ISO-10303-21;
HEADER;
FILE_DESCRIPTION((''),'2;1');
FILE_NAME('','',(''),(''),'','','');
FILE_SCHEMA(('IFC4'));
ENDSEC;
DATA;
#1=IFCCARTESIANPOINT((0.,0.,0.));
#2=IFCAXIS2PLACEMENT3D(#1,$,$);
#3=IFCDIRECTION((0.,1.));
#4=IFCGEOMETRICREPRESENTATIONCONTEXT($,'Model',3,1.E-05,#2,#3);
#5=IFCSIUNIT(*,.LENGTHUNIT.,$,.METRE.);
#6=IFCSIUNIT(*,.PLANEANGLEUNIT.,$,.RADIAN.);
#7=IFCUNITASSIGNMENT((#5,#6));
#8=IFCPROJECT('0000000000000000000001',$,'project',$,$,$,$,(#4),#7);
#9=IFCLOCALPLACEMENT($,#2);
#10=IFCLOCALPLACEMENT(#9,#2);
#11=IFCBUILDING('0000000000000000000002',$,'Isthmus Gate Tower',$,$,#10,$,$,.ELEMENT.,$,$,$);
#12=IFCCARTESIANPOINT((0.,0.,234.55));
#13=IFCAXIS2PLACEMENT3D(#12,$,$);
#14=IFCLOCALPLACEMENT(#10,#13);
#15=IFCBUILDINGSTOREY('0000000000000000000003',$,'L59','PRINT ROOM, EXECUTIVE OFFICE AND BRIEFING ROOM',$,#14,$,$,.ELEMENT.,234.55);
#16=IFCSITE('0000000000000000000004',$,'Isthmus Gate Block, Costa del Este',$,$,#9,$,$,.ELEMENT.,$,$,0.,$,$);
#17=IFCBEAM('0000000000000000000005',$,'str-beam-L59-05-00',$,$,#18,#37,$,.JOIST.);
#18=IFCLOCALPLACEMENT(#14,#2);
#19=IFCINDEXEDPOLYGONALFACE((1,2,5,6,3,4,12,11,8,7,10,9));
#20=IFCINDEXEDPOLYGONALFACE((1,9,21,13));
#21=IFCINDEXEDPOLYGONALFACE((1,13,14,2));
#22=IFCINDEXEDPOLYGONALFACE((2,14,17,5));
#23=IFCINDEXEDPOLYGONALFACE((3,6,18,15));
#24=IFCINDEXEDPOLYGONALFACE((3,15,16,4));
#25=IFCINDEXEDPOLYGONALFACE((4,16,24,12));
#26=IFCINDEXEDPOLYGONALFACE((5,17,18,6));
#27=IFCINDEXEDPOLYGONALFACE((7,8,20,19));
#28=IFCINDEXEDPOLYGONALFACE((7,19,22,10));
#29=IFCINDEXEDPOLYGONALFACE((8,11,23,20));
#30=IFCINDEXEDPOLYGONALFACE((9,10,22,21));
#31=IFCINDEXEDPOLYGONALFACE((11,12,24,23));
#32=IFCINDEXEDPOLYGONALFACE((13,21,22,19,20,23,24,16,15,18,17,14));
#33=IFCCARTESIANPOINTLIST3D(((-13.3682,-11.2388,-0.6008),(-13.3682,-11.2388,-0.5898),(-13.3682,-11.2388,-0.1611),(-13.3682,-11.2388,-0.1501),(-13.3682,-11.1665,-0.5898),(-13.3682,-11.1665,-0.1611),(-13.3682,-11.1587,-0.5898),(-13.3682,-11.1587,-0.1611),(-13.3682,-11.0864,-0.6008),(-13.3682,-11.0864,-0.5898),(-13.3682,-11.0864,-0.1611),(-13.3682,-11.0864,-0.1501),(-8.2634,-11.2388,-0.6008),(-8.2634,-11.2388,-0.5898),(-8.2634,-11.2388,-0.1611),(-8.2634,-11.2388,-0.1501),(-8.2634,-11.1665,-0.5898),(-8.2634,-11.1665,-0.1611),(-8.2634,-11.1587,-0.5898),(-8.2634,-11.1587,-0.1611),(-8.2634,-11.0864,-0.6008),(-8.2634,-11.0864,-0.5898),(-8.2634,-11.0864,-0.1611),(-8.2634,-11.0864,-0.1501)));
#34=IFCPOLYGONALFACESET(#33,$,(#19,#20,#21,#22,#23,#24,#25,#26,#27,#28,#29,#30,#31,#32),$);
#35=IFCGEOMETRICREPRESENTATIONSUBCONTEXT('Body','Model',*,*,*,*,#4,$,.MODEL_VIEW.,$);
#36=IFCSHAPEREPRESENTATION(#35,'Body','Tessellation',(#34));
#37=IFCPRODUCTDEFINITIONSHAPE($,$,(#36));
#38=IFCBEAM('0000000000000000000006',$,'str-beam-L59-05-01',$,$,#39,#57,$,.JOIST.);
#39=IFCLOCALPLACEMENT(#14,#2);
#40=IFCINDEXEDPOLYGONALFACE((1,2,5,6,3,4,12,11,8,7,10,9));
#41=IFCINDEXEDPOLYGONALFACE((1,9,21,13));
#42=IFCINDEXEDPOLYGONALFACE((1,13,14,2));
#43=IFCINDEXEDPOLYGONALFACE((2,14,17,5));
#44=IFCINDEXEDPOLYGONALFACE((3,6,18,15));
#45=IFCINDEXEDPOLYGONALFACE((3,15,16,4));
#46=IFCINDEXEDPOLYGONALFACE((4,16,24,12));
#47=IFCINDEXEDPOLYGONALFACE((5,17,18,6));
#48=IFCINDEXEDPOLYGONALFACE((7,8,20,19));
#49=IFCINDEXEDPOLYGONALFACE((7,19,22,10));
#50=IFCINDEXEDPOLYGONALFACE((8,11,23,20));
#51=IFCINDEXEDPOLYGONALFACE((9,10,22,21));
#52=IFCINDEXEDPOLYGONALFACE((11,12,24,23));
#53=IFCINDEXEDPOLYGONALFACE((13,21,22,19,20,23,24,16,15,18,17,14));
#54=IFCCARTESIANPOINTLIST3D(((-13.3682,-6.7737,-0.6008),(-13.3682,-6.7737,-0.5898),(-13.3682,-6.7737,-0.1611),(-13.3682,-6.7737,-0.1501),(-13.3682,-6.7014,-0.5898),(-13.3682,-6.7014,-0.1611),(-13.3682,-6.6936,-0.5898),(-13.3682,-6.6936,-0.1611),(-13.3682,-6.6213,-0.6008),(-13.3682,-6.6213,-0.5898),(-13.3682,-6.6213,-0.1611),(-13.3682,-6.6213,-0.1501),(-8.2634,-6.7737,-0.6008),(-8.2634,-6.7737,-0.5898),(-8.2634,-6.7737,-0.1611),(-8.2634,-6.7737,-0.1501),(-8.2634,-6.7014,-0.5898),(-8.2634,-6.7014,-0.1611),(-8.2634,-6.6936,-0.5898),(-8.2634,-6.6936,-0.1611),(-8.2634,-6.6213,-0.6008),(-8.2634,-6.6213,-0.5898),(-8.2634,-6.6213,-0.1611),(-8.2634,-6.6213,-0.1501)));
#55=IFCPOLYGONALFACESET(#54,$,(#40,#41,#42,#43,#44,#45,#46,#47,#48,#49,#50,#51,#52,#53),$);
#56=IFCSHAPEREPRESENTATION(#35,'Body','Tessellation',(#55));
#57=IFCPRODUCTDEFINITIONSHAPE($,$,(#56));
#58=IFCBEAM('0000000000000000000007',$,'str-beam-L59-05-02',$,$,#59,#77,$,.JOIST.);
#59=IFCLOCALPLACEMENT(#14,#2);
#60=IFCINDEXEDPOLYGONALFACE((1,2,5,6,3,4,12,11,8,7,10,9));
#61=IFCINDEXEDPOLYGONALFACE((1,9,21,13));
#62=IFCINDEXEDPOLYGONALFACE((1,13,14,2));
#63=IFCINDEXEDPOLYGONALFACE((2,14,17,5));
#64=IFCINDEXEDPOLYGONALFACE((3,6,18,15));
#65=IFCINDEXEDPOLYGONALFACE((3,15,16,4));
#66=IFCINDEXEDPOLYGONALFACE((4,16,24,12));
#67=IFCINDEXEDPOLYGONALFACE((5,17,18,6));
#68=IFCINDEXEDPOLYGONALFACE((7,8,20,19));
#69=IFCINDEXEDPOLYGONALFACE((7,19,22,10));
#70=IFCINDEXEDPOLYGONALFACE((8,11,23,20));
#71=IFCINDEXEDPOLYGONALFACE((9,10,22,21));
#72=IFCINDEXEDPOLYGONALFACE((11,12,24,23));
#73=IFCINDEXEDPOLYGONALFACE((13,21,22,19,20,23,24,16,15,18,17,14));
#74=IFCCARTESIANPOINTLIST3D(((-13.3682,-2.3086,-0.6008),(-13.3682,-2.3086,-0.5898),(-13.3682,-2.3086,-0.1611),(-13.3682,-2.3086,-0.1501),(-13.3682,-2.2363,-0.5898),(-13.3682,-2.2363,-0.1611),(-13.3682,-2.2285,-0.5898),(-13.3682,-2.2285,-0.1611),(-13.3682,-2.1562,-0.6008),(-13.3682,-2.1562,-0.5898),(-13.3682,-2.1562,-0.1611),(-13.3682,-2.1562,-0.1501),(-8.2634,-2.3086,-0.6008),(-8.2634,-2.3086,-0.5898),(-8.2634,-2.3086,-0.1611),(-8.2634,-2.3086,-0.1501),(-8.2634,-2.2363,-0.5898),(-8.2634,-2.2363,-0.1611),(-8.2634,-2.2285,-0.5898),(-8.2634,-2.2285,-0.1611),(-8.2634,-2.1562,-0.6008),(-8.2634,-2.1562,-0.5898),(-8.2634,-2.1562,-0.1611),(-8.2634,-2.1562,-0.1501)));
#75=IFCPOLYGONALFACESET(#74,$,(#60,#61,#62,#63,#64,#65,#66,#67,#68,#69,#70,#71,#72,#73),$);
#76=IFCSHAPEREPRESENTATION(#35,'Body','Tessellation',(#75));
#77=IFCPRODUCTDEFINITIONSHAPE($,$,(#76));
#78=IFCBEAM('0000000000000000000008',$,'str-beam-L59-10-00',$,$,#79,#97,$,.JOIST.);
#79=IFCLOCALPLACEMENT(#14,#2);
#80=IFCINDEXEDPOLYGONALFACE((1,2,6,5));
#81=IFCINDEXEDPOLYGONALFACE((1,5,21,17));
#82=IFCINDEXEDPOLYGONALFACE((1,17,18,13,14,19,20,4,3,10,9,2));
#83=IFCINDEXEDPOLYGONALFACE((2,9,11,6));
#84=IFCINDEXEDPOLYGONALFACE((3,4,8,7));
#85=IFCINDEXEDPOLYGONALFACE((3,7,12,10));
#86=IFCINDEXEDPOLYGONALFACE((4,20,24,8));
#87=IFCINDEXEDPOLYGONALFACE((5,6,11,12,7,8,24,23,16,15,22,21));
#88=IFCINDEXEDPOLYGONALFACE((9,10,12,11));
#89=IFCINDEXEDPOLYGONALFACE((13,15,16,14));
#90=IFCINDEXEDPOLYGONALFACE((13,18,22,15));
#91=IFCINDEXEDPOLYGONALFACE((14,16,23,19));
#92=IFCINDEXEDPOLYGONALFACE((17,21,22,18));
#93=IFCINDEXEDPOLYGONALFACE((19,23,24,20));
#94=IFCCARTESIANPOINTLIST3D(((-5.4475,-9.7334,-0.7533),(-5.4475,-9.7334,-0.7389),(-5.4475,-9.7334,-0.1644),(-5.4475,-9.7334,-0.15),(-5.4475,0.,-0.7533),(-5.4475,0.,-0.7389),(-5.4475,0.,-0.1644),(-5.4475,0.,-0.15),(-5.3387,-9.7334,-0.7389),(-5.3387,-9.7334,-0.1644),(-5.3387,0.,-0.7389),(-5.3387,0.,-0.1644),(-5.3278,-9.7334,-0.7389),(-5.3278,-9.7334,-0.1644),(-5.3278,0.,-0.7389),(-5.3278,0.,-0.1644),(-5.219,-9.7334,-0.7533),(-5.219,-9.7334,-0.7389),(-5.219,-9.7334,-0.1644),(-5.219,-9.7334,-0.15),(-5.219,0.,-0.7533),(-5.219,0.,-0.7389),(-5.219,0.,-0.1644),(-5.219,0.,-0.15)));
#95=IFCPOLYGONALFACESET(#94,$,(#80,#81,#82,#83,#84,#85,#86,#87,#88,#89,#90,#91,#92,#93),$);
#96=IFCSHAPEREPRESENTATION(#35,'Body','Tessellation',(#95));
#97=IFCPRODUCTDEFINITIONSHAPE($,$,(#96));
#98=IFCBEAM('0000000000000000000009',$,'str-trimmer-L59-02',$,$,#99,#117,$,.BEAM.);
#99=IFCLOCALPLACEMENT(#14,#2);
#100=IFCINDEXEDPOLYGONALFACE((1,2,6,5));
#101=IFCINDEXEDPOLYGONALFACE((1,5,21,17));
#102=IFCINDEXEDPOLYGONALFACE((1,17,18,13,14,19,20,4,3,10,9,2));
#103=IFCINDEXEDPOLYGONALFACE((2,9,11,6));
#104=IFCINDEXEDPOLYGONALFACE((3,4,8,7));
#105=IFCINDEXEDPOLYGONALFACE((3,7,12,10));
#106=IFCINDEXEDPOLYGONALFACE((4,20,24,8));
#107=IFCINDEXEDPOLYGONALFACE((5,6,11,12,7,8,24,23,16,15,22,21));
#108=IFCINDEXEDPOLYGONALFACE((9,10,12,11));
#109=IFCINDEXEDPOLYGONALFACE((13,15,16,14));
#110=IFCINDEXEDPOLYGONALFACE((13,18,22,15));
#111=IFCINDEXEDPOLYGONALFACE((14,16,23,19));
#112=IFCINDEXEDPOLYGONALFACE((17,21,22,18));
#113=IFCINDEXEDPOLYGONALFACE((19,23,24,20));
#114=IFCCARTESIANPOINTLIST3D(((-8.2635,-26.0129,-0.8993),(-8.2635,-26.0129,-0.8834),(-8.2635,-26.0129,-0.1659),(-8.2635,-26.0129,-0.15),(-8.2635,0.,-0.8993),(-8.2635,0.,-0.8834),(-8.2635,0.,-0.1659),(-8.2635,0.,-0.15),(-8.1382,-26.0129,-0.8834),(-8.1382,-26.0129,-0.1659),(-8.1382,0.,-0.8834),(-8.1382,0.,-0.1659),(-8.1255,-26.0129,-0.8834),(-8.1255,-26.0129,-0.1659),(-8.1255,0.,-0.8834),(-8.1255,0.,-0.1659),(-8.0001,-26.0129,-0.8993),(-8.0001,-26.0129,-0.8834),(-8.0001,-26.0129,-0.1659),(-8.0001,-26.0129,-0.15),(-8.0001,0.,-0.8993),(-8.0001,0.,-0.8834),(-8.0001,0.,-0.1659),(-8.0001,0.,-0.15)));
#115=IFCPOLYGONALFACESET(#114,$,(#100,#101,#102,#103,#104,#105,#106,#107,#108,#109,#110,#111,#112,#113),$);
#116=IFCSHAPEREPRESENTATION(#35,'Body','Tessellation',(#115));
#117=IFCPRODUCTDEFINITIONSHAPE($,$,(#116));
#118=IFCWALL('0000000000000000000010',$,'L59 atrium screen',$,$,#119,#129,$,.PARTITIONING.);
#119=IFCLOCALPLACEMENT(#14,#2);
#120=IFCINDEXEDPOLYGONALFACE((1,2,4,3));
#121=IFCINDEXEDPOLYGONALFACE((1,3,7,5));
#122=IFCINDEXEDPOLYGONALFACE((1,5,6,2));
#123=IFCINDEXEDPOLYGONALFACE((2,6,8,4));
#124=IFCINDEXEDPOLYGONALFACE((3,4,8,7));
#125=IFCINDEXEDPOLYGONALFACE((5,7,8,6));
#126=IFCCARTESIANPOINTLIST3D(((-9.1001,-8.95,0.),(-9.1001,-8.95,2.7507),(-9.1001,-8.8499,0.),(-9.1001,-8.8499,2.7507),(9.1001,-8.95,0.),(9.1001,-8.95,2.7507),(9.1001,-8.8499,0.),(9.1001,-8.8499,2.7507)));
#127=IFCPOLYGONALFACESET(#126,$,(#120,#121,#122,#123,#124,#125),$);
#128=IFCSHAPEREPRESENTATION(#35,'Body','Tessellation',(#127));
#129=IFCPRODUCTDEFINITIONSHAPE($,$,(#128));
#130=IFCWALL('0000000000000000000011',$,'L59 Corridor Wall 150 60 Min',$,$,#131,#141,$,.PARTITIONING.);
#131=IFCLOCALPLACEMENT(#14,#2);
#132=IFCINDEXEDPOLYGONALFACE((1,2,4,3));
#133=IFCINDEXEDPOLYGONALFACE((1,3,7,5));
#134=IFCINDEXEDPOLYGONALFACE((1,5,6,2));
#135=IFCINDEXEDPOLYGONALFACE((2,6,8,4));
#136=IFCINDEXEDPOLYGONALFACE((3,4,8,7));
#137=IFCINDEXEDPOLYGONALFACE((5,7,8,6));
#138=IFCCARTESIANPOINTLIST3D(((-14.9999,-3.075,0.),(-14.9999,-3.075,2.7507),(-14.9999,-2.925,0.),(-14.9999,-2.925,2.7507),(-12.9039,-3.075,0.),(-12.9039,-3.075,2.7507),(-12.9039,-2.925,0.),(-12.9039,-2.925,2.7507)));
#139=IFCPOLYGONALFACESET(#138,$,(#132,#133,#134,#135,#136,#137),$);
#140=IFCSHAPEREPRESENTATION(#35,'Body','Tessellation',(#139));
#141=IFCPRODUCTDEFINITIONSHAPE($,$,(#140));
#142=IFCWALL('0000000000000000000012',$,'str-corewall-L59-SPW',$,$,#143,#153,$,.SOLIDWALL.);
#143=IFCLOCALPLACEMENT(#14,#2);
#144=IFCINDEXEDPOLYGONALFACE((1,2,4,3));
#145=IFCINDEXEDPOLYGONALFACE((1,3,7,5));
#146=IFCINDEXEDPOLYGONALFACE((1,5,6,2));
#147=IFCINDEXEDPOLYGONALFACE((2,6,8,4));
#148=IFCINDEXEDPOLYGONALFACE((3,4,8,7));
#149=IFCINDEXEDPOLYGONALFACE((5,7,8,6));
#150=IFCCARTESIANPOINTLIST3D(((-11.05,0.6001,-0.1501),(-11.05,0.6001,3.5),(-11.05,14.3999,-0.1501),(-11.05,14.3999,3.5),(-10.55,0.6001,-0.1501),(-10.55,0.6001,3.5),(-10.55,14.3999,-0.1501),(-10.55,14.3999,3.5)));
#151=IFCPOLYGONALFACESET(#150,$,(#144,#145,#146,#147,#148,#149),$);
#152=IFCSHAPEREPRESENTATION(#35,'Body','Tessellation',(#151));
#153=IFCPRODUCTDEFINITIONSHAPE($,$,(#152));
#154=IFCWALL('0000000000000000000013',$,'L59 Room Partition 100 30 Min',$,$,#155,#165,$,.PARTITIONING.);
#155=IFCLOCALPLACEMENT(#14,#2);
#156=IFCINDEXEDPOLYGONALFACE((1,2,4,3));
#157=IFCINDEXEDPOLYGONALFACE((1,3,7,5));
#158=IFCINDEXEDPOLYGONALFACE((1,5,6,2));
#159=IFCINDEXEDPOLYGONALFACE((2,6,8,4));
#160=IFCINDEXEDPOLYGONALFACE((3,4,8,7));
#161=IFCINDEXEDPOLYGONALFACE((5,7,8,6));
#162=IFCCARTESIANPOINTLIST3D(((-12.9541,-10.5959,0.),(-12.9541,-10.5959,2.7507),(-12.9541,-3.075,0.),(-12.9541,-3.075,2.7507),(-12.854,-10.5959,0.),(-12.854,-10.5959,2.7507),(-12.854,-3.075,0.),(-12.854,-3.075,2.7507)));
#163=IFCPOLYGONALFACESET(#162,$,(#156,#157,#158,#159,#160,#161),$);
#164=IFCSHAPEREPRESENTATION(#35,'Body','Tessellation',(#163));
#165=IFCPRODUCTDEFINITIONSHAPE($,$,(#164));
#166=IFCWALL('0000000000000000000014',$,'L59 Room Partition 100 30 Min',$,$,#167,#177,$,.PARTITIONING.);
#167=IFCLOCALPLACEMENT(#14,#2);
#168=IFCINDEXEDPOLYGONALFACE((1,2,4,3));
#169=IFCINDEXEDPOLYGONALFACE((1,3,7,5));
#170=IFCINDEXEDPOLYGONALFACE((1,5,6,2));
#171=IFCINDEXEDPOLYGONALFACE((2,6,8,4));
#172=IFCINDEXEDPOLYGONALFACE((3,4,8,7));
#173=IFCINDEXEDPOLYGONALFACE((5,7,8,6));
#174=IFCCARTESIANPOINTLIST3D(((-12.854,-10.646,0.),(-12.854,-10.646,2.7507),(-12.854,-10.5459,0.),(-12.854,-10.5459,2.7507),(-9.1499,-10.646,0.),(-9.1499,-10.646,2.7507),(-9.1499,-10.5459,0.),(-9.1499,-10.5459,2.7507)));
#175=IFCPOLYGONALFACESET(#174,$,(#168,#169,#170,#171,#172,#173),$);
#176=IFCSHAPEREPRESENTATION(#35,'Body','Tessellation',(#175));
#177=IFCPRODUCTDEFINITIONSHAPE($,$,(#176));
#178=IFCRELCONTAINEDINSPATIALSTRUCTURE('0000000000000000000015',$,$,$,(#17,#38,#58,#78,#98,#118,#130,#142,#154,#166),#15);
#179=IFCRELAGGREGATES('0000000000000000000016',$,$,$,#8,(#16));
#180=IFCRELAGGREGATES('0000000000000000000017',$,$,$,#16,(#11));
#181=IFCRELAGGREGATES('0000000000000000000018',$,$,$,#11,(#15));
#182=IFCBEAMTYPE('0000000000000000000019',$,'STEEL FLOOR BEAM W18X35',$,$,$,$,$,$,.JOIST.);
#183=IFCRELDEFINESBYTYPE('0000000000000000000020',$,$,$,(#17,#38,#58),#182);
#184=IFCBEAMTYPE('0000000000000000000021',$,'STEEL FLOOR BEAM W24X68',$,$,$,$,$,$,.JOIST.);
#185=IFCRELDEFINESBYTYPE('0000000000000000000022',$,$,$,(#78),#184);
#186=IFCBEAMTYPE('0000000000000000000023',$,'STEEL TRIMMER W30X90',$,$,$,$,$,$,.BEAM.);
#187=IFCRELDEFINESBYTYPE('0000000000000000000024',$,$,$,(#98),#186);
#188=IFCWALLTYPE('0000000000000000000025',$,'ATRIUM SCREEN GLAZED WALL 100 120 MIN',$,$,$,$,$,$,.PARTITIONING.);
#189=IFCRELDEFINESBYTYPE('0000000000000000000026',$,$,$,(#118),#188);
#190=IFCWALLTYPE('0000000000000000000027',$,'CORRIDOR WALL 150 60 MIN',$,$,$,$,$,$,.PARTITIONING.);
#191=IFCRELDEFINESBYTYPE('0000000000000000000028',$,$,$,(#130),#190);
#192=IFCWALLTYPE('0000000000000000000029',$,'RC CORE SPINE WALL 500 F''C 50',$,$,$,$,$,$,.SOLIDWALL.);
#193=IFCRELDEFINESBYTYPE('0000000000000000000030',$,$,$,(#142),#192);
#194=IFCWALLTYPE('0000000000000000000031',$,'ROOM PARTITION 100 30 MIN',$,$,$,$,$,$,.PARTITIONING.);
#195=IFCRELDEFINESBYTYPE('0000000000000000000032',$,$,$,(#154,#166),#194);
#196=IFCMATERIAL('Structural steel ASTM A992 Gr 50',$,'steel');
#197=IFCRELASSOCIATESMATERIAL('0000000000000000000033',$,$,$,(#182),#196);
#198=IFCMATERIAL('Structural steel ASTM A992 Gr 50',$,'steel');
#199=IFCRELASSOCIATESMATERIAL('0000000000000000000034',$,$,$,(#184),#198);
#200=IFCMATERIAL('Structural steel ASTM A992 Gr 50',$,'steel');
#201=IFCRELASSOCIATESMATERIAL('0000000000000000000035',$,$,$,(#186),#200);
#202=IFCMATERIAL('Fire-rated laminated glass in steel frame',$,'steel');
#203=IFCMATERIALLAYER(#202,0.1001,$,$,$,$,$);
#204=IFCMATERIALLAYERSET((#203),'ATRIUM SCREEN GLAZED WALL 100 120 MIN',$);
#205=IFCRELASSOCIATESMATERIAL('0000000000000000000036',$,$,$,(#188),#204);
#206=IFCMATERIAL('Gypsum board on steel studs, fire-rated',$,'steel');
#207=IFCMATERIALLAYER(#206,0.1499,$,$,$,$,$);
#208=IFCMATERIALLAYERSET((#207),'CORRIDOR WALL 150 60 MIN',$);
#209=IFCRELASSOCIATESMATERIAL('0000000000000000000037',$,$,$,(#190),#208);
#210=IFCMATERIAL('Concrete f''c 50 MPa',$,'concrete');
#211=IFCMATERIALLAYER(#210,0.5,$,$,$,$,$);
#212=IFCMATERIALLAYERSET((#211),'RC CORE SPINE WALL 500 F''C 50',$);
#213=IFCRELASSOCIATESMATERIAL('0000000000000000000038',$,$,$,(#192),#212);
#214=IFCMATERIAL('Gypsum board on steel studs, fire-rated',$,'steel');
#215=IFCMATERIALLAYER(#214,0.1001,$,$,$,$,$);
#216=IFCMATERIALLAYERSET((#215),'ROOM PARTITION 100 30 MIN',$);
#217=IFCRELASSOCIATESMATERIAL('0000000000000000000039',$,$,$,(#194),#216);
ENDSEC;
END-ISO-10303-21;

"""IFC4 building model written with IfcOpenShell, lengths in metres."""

from ifc_helpers import new_model, si_unit, direction, frame, frame_2d, origin, origin_2d, place, context, subcontext, project, spatial, rectangle, i_section, extrude, material, layer, layer_set, material_profile, profile_set, type_object, element, save


model = new_model("IFC4")

# Units and contexts
model_context = context("Model", 3, precision=1e-05, world=origin(), true_north=direction((0.0, 1.0)))
body_context = subcontext(model_context, "Body", "Model", "MODEL_VIEW")
ifc_project = project(units=[si_unit("LENGTHUNIT", "METRE"), si_unit("PLANEANGLEUNIT", "RADIAN")], contexts=[model_context])

# Site, building, storey
site_placement = place(None, origin())
site = spatial("IfcSite", under=ifc_project, at=site_placement, Name="Isthmus Gate Block, Costa del Este", CompositionType="ELEMENT", RefElevation=0.0)
building_placement = place(site_placement, origin())
building = spatial("IfcBuilding", under=site, at=building_placement, Name="Isthmus Gate Tower", CompositionType="ELEMENT")
storey_placement = place(building_placement, frame((0.0, 0.0, 234.55)))
storey = spatial("IfcBuildingStorey", under=building, at=storey_placement, Name="L59", Description="PRINT ROOM, EXECUTIVE OFFICE AND BRIEFING ROOM", CompositionType="ELEMENT", Elevation=234.55)

# Beams
ifc_material_1 = material(Name="Structural steel ASTM A992 Gr 50", Category="steel")
ifc_material_profile_1 = material_profile(ifc_material_1, i_section(OverallWidth=0.1523, OverallDepth=0.4507, WebThickness=0.0078, FlangeThickness=0.011, at=origin_2d()), Name="W18X35")
ifc_profile_set_1 = profile_set([ifc_material_profile_1], Name="Structural steel ASTM A992 Gr 50")
beam_type_1 = type_object("IfcBeamType", Name="STEEL FLOOR BEAM W18X35", PredefinedType="JOIST", material=ifc_profile_set_1)
for number, where, z_axis, x_axis, name in (
    (1, (-13.3682, -11.1626, -0.3755), (1.0, 0.0, 0.0), (0.0, 1.0, 0.0), "str-beam-L59-05-00"),
    (2, (-13.3682, -6.6975, -0.3755), (1.0, 0.0, 0.0), (0.0, 1.0, 0.0), "str-beam-L59-05-01"),
    (3, (-13.3682, -2.2324, -0.3755), (1.0, 0.0, 0.0), (0.0, 1.0, 0.0), "str-beam-L59-05-02"),
):
    element("IfcBeam", number, at=place(storey_placement, frame(where, z_axis=z_axis, x_axis=x_axis)), inside=storey, type_object=beam_type_1, Name=name, PredefinedType="JOIST", context=body_context, shape_type="SweptSolid", body=[
        extrude(i_section(OverallWidth=0.1523, OverallDepth=0.4507, WebThickness=0.0078, FlangeThickness=0.011, at=origin_2d()), origin(), (0.0, 0.0, 1.0), 5.1047),
    ])
ifc_material_2 = material(Name="Structural steel ASTM A992 Gr 50", Category="steel")
ifc_material_profile_2 = material_profile(ifc_material_2, i_section(OverallWidth=0.2285, OverallDepth=0.6033, WebThickness=0.011, FlangeThickness=0.0144, at=origin_2d()), Name="W24X68")
ifc_profile_set_2 = profile_set([ifc_material_profile_2], Name="Structural steel ASTM A992 Gr 50")
beam_type_2 = type_object("IfcBeamType", Name="STEEL FLOOR BEAM W24X68", PredefinedType="JOIST", material=ifc_profile_set_2)
beam_1_placement = place(storey_placement, frame((-5.3333, -9.7334, -0.4517), z_axis=(0.0, 1.0, 0.0), x_axis=(-1.0, 0.0, 0.0)))
element("IfcBeam", 4, at=beam_1_placement, inside=storey, type_object=beam_type_2, Name="str-beam-L59-10-00", PredefinedType="JOIST", context=body_context, shape_type="SweptSolid", body=[
    extrude(i_section(OverallWidth=0.2285, OverallDepth=0.6033, WebThickness=0.011, FlangeThickness=0.0144, at=origin_2d()), origin(), (0.0, 0.0, 1.0), 9.7334),
])
ifc_material_3 = material(Name="Structural steel ASTM A992 Gr 50", Category="steel")
ifc_material_profile_3 = material_profile(ifc_material_3, i_section(OverallWidth=0.2634, OverallDepth=0.7493, WebThickness=0.0127, FlangeThickness=0.0159, at=origin_2d()), Name="W30X90")
ifc_profile_set_3 = profile_set([ifc_material_profile_3], Name="Structural steel ASTM A992 Gr 50")
beam_type_3 = type_object("IfcBeamType", Name="STEEL TRIMMER W30X90", PredefinedType="BEAM", material=ifc_profile_set_3)
beam_2_placement = place(storey_placement, frame((-8.1318, 0.0, -0.5247), z_axis=(0.0, -1.0, 0.0), x_axis=(1.0, 0.0, 0.0)))
element("IfcBeam", 5, at=beam_2_placement, inside=storey, type_object=beam_type_3, Name="str-trimmer-L59-02", PredefinedType="BEAM", context=body_context, shape_type="SweptSolid", body=[
    extrude(i_section(OverallWidth=0.2634, OverallDepth=0.7493, WebThickness=0.0127, FlangeThickness=0.0159, at=origin_2d()), origin(), (0.0, 0.0, 1.0), 26.0129),
])

# Walls
ifc_material_4 = material(Name="Fire-rated laminated glass in steel frame", Category="steel")
ifc_layer_1 = layer(ifc_material_4, 0.1001)
ifc_layer_set_1 = layer_set([ifc_layer_1], Name="ATRIUM SCREEN GLAZED WALL 100 120 MIN")
wall_type_1 = type_object("IfcWallType", Name="ATRIUM SCREEN GLAZED WALL 100 120 MIN", PredefinedType="PARTITIONING", material=ifc_layer_set_1)
wall_1_placement = place(storey_placement, frame((-9.1001, -8.8999, 0.0), z_axis=(0.0, 0.0, 1.0), x_axis=(1.0, 0.0, 0.0)))
element("IfcWall", 6, at=wall_1_placement, inside=storey, type_object=wall_type_1, Name="L59 atrium screen", PredefinedType="PARTITIONING", context=body_context, shape_type="SweptSolid", body=[
    extrude(rectangle(XDim=18.2002, YDim=0.1001, at=frame_2d((9.1001, 0.0))), origin(), (0.0, 0.0, 1.0), 2.7507),
])
ifc_material_5 = material(Name="Gypsum board on steel studs, fire-rated", Category="steel")
ifc_layer_2 = layer(ifc_material_5, 0.1499)
ifc_layer_set_2 = layer_set([ifc_layer_2], Name="CORRIDOR WALL 150 60 MIN")
wall_type_2 = type_object("IfcWallType", Name="CORRIDOR WALL 150 60 MIN", PredefinedType="PARTITIONING", material=ifc_layer_set_2)
wall_2_placement = place(storey_placement, frame((-12.9041, -3.0, 0.0), z_axis=(0.0, 0.0, 1.0), x_axis=(-1.0, 0.0, 0.0)))
element("IfcWall", 7, at=wall_2_placement, inside=storey, type_object=wall_type_2, Name="L59 Corridor Wall 150 60 Min", PredefinedType="PARTITIONING", context=body_context, shape_type="SweptSolid", body=[
    extrude(rectangle(XDim=2.0959, YDim=0.1499, at=frame_2d((1.0479, 0.0))), origin(), (0.0, 0.0, 1.0), 2.7507),
])
ifc_material_6 = material(Name="Concrete f'c 50 MPa", Category="concrete")
ifc_layer_3 = layer(ifc_material_6, 0.5)
ifc_layer_set_3 = layer_set([ifc_layer_3], Name="RC CORE SPINE WALL 500 F'C 50")
wall_type_3 = type_object("IfcWallType", Name="RC CORE SPINE WALL 500 F'C 50", PredefinedType="SOLIDWALL", material=ifc_layer_set_3)
wall_3_placement = place(storey_placement, frame((-10.8, 0.6001, -0.1501), z_axis=(0.0, 0.0, 1.0), x_axis=(0.0, 1.0, 0.0)))
element("IfcWall", 8, at=wall_3_placement, inside=storey, type_object=wall_type_3, Name="str-corewall-L59-SPW", PredefinedType="SOLIDWALL", context=body_context, shape_type="SweptSolid", body=[
    extrude(rectangle(XDim=13.7998, YDim=0.5, at=frame_2d((6.8999, 0.0))), origin(), (0.0, 0.0, 1.0), 3.6501),
])
ifc_material_7 = material(Name="Gypsum board on steel studs, fire-rated", Category="steel")
ifc_layer_4 = layer(ifc_material_7, 0.1001)
ifc_layer_set_4 = layer_set([ifc_layer_4], Name="ROOM PARTITION 100 30 MIN")
wall_type_4 = type_object("IfcWallType", Name="ROOM PARTITION 100 30 MIN", PredefinedType="PARTITIONING", material=ifc_layer_set_4)
wall_4_placement = place(storey_placement, frame((-12.9041, -10.5959, 0.0), z_axis=(0.0, 0.0, 1.0), x_axis=(0.0, 1.0, 0.0)))
element("IfcWall", 9, at=wall_4_placement, inside=storey, type_object=wall_type_4, Name="L59 Room Partition 100 30 Min", PredefinedType="PARTITIONING", context=body_context, shape_type="SweptSolid", body=[
    extrude(rectangle(XDim=7.521, YDim=0.1001, at=frame_2d((3.7605, 0.0))), origin(), (0.0, 0.0, 1.0), 2.7507),
])
wall_5_placement = place(storey_placement, frame((-12.854, -10.5959, 0.0), z_axis=(0.0, 0.0, 1.0), x_axis=(1.0, 0.0, 0.0)))
element("IfcWall", 10, at=wall_5_placement, inside=storey, type_object=wall_type_4, Name="L59 Room Partition 100 30 Min", PredefinedType="PARTITIONING", context=body_context, shape_type="SweptSolid", body=[
    extrude(rectangle(XDim=3.7041, YDim=0.1001, at=frame_2d((1.8521, 0.0))), origin(), (0.0, 0.0, 1.0), 2.7507),
])

save(model, "model.ifc")
